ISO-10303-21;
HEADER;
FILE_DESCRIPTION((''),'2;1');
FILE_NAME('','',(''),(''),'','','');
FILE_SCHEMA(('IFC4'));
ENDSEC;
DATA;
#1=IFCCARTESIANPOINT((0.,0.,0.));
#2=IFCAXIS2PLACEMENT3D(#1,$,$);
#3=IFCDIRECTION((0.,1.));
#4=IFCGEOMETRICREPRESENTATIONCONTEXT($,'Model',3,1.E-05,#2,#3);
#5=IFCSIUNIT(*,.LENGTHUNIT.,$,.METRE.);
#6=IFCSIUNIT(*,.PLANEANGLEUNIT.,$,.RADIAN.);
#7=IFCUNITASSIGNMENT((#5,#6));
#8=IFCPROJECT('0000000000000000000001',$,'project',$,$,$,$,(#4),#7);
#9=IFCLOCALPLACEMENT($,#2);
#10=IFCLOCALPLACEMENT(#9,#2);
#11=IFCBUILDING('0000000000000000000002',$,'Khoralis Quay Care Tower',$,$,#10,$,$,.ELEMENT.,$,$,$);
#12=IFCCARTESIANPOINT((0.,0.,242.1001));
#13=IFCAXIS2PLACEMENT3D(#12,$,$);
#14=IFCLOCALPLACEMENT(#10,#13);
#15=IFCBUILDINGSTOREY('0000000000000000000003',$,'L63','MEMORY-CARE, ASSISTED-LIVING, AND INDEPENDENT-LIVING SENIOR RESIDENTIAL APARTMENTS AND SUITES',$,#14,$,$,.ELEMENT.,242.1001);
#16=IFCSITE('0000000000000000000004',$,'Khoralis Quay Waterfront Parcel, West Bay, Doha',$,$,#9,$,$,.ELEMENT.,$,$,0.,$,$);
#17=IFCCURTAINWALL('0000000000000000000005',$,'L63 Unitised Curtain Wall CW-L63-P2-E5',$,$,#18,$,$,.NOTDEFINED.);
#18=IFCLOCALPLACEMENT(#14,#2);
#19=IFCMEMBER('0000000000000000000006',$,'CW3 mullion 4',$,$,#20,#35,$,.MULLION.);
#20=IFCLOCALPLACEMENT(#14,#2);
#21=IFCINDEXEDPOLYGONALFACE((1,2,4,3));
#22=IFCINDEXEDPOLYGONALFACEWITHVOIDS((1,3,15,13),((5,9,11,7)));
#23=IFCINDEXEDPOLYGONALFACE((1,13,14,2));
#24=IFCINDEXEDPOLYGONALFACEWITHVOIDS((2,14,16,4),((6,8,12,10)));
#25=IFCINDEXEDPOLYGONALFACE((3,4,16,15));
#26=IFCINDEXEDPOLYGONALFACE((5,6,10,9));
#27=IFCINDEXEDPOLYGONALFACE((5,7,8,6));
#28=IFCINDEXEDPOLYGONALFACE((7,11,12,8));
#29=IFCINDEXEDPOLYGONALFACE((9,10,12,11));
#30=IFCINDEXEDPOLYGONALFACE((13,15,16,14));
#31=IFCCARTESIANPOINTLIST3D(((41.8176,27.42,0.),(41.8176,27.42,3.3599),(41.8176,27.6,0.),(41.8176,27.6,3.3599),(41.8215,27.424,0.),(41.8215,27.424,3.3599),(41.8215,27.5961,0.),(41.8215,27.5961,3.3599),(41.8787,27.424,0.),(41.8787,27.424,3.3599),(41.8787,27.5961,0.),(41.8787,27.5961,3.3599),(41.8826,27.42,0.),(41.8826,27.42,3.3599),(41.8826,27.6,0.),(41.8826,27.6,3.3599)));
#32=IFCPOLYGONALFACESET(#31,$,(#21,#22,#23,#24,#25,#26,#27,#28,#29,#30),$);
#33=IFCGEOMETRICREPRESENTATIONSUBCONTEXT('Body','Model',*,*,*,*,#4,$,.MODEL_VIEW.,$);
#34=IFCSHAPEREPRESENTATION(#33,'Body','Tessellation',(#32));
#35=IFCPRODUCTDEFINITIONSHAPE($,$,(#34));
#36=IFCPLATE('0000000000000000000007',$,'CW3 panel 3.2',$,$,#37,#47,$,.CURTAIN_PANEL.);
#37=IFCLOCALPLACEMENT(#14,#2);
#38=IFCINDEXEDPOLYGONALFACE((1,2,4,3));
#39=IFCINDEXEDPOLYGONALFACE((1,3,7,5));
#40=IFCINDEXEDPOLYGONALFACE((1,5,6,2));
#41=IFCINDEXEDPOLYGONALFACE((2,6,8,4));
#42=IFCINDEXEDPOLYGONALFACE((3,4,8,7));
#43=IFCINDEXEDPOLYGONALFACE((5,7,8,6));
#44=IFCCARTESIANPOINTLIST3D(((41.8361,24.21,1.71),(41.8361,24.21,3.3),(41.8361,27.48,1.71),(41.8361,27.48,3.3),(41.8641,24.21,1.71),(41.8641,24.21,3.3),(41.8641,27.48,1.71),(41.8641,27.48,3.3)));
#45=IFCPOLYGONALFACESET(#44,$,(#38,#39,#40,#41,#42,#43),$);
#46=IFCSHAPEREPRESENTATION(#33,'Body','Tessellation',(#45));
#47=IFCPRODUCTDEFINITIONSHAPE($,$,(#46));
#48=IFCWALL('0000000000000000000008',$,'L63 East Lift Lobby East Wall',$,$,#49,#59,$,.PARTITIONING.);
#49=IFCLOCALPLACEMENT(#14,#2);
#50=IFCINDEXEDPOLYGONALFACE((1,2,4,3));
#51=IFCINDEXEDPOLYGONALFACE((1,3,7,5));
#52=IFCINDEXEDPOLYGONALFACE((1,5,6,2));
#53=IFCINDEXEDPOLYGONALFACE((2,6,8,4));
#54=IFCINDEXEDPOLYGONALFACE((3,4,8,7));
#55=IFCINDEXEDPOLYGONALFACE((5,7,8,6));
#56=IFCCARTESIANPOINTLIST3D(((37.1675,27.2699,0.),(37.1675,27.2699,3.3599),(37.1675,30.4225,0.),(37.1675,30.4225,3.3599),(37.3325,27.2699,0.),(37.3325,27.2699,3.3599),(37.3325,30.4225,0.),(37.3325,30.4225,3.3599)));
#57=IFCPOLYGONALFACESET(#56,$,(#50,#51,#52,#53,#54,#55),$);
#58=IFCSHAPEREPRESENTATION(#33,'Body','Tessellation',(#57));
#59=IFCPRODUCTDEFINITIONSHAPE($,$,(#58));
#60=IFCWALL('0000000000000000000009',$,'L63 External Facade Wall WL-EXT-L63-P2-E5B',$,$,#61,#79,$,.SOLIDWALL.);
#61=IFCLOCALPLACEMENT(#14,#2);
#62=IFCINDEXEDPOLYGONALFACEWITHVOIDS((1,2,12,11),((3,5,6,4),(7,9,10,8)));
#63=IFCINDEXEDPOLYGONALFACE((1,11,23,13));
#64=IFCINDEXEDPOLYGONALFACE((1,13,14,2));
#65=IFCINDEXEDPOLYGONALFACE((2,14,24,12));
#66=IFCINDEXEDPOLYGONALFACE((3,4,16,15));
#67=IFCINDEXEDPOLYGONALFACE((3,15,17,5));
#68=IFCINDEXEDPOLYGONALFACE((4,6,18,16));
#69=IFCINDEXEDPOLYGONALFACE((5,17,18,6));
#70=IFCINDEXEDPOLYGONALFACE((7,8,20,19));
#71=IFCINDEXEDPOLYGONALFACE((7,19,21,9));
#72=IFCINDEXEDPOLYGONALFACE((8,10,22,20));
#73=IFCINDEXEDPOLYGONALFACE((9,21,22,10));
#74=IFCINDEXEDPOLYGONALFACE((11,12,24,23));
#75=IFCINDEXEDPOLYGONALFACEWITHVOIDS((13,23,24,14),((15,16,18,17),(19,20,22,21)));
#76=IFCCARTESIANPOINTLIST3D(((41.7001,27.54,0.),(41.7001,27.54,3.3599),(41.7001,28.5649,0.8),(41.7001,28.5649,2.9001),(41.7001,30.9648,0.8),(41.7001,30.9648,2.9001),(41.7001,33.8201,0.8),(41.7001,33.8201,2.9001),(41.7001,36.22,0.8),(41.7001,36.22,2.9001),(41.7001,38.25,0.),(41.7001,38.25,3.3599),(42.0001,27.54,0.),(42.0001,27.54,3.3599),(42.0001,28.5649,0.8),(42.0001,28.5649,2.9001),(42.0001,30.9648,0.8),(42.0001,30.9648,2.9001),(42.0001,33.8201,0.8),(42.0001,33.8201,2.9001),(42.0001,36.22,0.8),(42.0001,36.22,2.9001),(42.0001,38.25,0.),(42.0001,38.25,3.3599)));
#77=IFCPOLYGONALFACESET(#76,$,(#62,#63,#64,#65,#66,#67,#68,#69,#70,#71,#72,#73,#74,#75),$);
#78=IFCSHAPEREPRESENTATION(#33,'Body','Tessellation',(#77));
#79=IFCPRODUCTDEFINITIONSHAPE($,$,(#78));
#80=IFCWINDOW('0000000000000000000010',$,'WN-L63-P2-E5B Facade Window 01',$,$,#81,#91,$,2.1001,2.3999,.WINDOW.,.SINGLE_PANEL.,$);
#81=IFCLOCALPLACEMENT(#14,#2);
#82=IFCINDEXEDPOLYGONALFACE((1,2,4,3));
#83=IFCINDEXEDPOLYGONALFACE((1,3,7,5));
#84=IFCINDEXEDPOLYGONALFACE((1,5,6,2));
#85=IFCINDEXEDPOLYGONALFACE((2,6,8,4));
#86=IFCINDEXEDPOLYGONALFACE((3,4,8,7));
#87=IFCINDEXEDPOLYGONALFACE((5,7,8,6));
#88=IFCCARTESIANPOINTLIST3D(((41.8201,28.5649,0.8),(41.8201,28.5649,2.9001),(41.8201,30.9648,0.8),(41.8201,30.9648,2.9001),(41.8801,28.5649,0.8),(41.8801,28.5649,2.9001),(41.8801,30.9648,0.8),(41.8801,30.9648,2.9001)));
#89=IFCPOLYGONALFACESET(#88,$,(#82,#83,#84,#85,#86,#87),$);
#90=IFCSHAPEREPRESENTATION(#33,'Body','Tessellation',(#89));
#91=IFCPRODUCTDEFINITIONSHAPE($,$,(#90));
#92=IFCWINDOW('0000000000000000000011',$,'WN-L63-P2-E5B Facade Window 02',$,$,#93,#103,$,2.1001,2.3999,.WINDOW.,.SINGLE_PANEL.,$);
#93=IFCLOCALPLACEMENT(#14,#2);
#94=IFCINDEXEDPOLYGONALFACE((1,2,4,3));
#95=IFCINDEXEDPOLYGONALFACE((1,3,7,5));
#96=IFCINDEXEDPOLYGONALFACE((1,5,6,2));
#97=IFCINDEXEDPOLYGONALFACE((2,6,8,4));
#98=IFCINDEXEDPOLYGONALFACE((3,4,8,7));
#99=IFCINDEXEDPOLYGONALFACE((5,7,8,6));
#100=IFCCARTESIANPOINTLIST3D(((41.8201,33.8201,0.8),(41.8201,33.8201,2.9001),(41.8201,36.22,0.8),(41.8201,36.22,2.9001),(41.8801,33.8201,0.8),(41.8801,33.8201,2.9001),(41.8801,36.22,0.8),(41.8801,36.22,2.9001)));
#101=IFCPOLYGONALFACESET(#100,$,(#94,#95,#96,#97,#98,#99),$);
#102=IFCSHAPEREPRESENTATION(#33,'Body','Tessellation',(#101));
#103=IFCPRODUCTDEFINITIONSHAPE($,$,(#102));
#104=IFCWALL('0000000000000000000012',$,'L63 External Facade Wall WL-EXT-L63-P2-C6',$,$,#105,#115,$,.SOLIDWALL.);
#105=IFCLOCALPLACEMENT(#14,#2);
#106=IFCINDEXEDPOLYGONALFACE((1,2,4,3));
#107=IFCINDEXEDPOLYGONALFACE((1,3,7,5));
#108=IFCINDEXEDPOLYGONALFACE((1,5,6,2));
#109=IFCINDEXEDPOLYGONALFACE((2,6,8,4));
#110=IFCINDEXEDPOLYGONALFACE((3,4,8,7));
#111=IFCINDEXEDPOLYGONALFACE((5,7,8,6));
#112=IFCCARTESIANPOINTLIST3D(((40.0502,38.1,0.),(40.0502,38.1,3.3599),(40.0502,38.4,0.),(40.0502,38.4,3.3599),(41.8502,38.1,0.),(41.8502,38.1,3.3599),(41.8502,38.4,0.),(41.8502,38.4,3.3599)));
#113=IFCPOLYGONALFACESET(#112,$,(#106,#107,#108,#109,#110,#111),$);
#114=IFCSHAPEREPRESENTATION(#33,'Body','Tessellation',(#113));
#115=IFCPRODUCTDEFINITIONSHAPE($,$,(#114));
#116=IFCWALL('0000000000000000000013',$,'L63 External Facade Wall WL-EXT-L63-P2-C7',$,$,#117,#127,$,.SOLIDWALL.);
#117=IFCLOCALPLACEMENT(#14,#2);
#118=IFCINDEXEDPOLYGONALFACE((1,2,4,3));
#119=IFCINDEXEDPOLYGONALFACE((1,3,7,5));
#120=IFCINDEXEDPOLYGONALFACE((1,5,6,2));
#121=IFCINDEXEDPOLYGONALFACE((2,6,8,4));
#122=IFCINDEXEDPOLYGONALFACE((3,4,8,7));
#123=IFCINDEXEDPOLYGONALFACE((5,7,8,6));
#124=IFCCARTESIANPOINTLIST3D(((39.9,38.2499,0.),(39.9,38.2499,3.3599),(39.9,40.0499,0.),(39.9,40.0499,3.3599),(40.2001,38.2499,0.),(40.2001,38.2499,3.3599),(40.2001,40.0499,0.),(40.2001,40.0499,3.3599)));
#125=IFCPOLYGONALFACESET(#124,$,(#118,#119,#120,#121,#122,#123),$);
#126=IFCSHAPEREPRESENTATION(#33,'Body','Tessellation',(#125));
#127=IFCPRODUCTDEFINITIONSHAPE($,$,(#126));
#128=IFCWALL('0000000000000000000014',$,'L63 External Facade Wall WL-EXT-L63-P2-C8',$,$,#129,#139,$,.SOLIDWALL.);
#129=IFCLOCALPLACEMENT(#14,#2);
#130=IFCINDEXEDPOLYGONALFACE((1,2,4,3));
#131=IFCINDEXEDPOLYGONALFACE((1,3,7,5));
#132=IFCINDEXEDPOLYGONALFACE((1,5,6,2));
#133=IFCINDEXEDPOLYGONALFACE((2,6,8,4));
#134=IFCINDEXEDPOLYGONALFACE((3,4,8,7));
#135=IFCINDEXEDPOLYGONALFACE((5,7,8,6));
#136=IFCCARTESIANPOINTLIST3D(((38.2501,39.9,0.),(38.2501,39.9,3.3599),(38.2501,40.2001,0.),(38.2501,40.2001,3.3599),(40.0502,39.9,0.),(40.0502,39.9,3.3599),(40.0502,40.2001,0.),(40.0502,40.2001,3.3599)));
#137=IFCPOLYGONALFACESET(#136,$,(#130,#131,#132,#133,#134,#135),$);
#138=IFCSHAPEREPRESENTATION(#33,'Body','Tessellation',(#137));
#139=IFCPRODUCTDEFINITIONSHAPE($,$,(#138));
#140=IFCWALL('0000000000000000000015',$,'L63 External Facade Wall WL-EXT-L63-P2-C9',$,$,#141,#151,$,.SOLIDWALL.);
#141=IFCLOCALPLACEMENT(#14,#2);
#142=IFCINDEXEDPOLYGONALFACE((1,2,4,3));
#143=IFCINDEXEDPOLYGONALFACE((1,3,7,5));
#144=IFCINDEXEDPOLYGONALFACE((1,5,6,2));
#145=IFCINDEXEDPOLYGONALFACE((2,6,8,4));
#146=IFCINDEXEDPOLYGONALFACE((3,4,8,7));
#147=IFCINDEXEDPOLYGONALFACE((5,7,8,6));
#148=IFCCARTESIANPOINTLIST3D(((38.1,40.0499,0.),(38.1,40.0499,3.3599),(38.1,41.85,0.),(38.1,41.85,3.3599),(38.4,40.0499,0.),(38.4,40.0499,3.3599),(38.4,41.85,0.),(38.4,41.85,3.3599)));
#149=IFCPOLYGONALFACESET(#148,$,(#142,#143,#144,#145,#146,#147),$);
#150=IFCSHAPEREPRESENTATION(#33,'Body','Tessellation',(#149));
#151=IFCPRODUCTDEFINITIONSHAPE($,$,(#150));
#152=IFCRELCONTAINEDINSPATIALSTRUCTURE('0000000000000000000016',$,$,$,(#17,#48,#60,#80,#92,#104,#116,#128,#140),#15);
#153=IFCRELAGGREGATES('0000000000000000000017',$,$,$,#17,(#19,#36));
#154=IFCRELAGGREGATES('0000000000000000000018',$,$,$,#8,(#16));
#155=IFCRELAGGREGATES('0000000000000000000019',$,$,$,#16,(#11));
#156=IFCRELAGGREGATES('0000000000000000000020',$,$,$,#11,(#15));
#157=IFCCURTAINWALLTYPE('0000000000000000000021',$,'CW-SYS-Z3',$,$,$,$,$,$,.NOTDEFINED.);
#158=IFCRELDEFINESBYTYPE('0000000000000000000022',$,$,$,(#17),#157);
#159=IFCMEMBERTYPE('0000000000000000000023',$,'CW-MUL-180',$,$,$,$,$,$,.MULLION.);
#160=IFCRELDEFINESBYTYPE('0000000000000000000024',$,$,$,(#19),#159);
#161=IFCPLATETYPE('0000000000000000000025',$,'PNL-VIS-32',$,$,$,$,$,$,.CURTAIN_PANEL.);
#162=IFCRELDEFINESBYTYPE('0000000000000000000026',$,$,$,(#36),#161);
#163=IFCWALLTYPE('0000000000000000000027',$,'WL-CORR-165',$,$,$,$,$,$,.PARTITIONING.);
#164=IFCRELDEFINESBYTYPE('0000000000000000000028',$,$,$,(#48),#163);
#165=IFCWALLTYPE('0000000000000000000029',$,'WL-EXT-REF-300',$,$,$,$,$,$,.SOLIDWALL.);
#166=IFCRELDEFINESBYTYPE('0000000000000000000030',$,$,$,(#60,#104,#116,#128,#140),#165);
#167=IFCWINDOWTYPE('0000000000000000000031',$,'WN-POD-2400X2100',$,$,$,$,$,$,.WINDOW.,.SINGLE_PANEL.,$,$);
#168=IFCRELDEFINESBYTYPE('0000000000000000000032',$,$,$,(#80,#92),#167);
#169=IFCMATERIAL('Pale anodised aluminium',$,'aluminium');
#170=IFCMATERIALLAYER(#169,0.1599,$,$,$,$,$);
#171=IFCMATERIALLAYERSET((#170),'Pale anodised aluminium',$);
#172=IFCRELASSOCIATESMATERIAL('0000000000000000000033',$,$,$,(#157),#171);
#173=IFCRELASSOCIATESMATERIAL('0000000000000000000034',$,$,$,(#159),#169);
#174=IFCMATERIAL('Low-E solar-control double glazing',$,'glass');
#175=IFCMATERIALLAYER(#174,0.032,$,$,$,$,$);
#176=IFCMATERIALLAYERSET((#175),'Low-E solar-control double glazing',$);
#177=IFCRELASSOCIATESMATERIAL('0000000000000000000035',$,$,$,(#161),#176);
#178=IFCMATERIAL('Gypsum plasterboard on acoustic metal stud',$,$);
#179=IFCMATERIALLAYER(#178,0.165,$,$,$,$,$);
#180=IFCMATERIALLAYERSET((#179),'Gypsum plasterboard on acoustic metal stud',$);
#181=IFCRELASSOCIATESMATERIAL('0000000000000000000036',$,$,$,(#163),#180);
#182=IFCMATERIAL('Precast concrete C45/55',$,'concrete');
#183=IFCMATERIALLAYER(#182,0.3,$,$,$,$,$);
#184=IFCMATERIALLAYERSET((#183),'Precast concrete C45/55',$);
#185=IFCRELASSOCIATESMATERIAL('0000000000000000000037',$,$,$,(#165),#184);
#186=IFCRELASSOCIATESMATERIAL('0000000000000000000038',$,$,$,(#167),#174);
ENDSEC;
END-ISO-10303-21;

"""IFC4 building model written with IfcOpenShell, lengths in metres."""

from ifc_helpers import new_model, si_unit, direction, frame, frame_2d, origin, origin_2d, place, context, subcontext, project, spatial, rectangle, hollow_rectangle, extrude, source, transform, mapped, material, layer, layer_set, material_profile, profile_set, type_object, element, fill, aggregate, save


model = new_model("IFC4")

# Units and contexts
model_context = context("Model", 3, precision=1e-05, world=origin(), true_north=direction((0.0, 1.0)))
body_context = subcontext(model_context, "Body", "Model", "MODEL_VIEW")
ifc_project = project(units=[si_unit("LENGTHUNIT", "METRE"), si_unit("PLANEANGLEUNIT", "RADIAN")], contexts=[model_context])

# Site, building, storey
site_placement = place(None, origin())
site = spatial("IfcSite", under=ifc_project, at=site_placement, Name="Khoralis Quay Waterfront Parcel, West Bay, Doha", CompositionType="ELEMENT", RefElevation=0.0)
building_placement = place(site_placement, origin())
building = spatial("IfcBuilding", under=site, at=building_placement, Name="Khoralis Quay Care Tower", CompositionType="ELEMENT")
storey_placement = place(building_placement, frame((0.0, 0.0, 242.1001)))
storey = spatial("IfcBuildingStorey", under=building, at=storey_placement, Name="L63", Description="MEMORY-CARE, ASSISTED-LIVING, AND INDEPENDENT-LIVING SENIOR RESIDENTIAL APARTMENTS AND SUITES", CompositionType="ELEMENT", Elevation=242.1001)

# Curtain wall, member, plate
ifc_material_1 = material(Name="Pale anodised aluminium", Category="aluminium")
ifc_layer_1 = layer(ifc_material_1, 0.1599)
ifc_layer_set_1 = layer_set([ifc_layer_1], Name="Pale anodised aluminium")
curtain_wall_type = type_object("IfcCurtainWallType", Name="CW-SYS-Z3", PredefinedType="NOTDEFINED", material=ifc_layer_set_1)
curtain_wall_placement = place(storey_placement, origin())
curtain_wall = element("IfcCurtainWall", 1, at=curtain_wall_placement, inside=storey, type_object=curtain_wall_type, Name="L63 Unitised Curtain Wall CW-L63-P2-E5", PredefinedType="NOTDEFINED")
ifc_material_profile_1 = material_profile(ifc_material_1, hollow_rectangle(XDim=0.0649, YDim=0.1799, WallThickness=0.0039, at=origin_2d()), Name="Pale anodised aluminium")
ifc_profile_set_1 = profile_set([ifc_material_profile_1], Name="Pale anodised aluminium")
member_type = type_object("IfcMemberType", Name="CW-MUL-180", PredefinedType="MULLION", material=ifc_profile_set_1)
shared_shape_1 = source(origin(), body_context, "Body", "SweptSolid", [
    extrude(hollow_rectangle(XDim=0.0649, YDim=0.1799, WallThickness=0.0039, at=origin_2d()), origin(), (0.0, 0.0, 1.0), 3.3599),
])
member_placement = place(storey_placement, frame((41.8501, 27.51, 0.0), z_axis=(0.0, 0.0, 1.0), x_axis=(-1.0, 0.0, 0.0)))
member = element("IfcMember", 2, at=member_placement, type_object=member_type, Name="CW3 mullion 4", PredefinedType="MULLION", context=body_context, shape_type="MappedRepresentation", body=[
    mapped(shared_shape_1, transform((0.0, 0.0, 0.0), scale=1.0)),
])
ifc_material_2 = material(Name="Low-E solar-control double glazing", Category="glass")
ifc_layer_2 = layer(ifc_material_2, 0.032)
ifc_layer_set_2 = layer_set([ifc_layer_2], Name="Low-E solar-control double glazing")
plate_type = type_object("IfcPlateType", Name="PNL-VIS-32", PredefinedType="CURTAIN_PANEL", material=ifc_layer_set_2)
shared_shape_2 = source(origin(), body_context, "Body", "SweptSolid", [
    extrude(rectangle(XDim=3.27, YDim=0.0281, at=origin_2d()), origin(), (0.0, 0.0, 1.0), 1.5901),
])
plate_placement = place(storey_placement, frame((41.8501, 25.845, 1.71), z_axis=(0.0, 0.0, 1.0), x_axis=(0.0, 1.0, 0.0)))
plate = element("IfcPlate", 3, at=plate_placement, type_object=plate_type, Name="CW3 panel 3.2", PredefinedType="CURTAIN_PANEL", context=body_context, shape_type="MappedRepresentation", body=[
    mapped(shared_shape_2, transform((0.0, 0.0, 0.0), scale=1.0)),
])
aggregate(curtain_wall, [member, plate])

# Wall
ifc_material_3 = material(Name="Gypsum plasterboard on acoustic metal stud")
ifc_layer_3 = layer(ifc_material_3, 0.165)
ifc_layer_set_3 = layer_set([ifc_layer_3], Name="Gypsum plasterboard on acoustic metal stud")
wall_type_1 = type_object("IfcWallType", Name="WL-CORR-165", PredefinedType="PARTITIONING", material=ifc_layer_set_3)
wall_1_placement = place(storey_placement, frame((37.25, 27.27, 0.0), z_axis=(0.0, 0.0, 1.0), x_axis=(0.0, 1.0, 0.0)))
element("IfcWall", 4, at=wall_1_placement, inside=storey, type_object=wall_type_1, Name="L63 East Lift Lobby East Wall", PredefinedType="PARTITIONING", context=body_context, shape_type="SweptSolid", body=[
    extrude(rectangle(XDim=3.1526, YDim=0.165, at=frame_2d((1.5762, 0.0))), origin(), (0.0, 0.0, 1.0), 3.3599),
])

# Wall, openings, windows
ifc_material_4 = material(Name="Precast concrete C45/55", Category="concrete")
ifc_layer_4 = layer(ifc_material_4, 0.3)
ifc_layer_set_4 = layer_set([ifc_layer_4], Name="Precast concrete C45/55")
wall_type_2 = type_object("IfcWallType", Name="WL-EXT-REF-300", PredefinedType="SOLIDWALL", material=ifc_layer_set_4)
wall_2_placement = place(storey_placement, frame((41.8501, 27.54, 0.0), z_axis=(0.0, 0.0, 1.0), x_axis=(0.0, 1.0, 0.0)))
wall_2 = element("IfcWall", 5, at=wall_2_placement, inside=storey, type_object=wall_type_2, Name="L63 External Facade Wall WL-EXT-L63-P2-E5B", PredefinedType="SOLIDWALL", context=body_context, shape_type="SweptSolid", body=[
    extrude(rectangle(XDim=10.71, YDim=0.3, at=frame_2d((5.355, 0.0))), origin(), (0.0, 0.0, 1.0), 3.3599),
])
opening_1_placement = place(wall_2_placement, frame((1.0249, 0.0, 0.8)))
opening_1 = element("IfcOpeningElement", 6, at=opening_1_placement, cuts=wall_2, PredefinedType="OPENING", context=body_context, shape_type="SweptSolid", body=[
    extrude(rectangle(XDim=2.3999, YDim=2.1001, at=frame_2d((1.2, 1.05))), frame((0.0, 0.1602, 0.0), z_axis=(0.0, -1.0, 0.0), x_axis=(1.0, 0.0, 0.0)), (0.0, 0.0, 1.0), 0.3201),
])
opening_2_placement = place(wall_2_placement, frame((6.28, 0.0, 0.8)))
opening_2 = element("IfcOpeningElement", 7, at=opening_2_placement, cuts=wall_2, PredefinedType="OPENING", context=body_context, shape_type="SweptSolid", body=[
    extrude(rectangle(XDim=2.3999, YDim=2.1001, at=frame_2d((1.2, 1.05))), frame((0.0, 0.1602, 0.0), z_axis=(0.0, -1.0, 0.0), x_axis=(1.0, 0.0, 0.0)), (0.0, 0.0, 1.0), 0.3201),
])
window_type = type_object("IfcWindowType", Name="WN-POD-2400X2100", PartitioningType="SINGLE_PANEL", PredefinedType="WINDOW", material=ifc_material_2)
shared_shape_3 = source(origin(), body_context, "Body", "SweptSolid", [
    extrude(rectangle(XDim=2.3999, YDim=2.1001, at=frame_2d((1.2, 1.05))), frame((0.0, 0.03, 0.0), z_axis=(0.0, -1.0, 0.0), x_axis=(1.0, 0.0, 0.0)), (0.0, 0.0, 1.0), 0.0601),
])
window_1_placement = place(opening_1_placement, origin())
window_1 = element("IfcWindow", 8, at=window_1_placement, inside=storey, type_object=window_type, Name="WN-L63-P2-E5B Facade Window 01", OverallHeight=2.1001, OverallWidth=2.3999, PartitioningType="SINGLE_PANEL", PredefinedType="WINDOW", context=body_context, shape_type="MappedRepresentation", body=[
    mapped(shared_shape_3, transform((0.0, 0.0, 0.0), scale=1.0)),
])
fill(opening_1, window_1)
window_2_placement = place(opening_2_placement, origin())
window_2 = element("IfcWindow", 9, at=window_2_placement, inside=storey, type_object=window_type, Name="WN-L63-P2-E5B Facade Window 02", OverallHeight=2.1001, OverallWidth=2.3999, PartitioningType="SINGLE_PANEL", PredefinedType="WINDOW", context=body_context, shape_type="MappedRepresentation", body=[
    mapped(shared_shape_3, transform((0.0, 0.0, 0.0), scale=1.0)),
])
fill(opening_2, window_2)

# Walls
for number, where, z_axis, x_axis, name in (
    (10, (41.8501, 38.25, 0.0), (0.0, 0.0, 1.0), (-1.0, 0.0, 0.0), "L63 External Facade Wall WL-EXT-L63-P2-C6"),
    (11, (40.05, 38.25, 0.0), (0.0, 0.0, 1.0), (0.0, 1.0, 0.0), "L63 External Facade Wall WL-EXT-L63-P2-C7"),
    (12, (40.05, 40.05, 0.0), (0.0, 0.0, 1.0), (-1.0, 0.0, 0.0), "L63 External Facade Wall WL-EXT-L63-P2-C8"),
    (13, (38.25, 40.05, 0.0), (0.0, 0.0, 1.0), (0.0, 1.0, 0.0), "L63 External Facade Wall WL-EXT-L63-P2-C9"),
):
    element("IfcWall", number, at=place(storey_placement, frame(where, z_axis=z_axis, x_axis=x_axis)), inside=storey, type_object=wall_type_2, Name=name, PredefinedType="SOLIDWALL", context=body_context, shape_type="SweptSolid", body=[
        extrude(rectangle(XDim=1.8, YDim=0.3, at=frame_2d((0.8999, 0.0))), origin(), (0.0, 0.0, 1.0), 3.3599),
    ])

save(model, "model.ifc")
